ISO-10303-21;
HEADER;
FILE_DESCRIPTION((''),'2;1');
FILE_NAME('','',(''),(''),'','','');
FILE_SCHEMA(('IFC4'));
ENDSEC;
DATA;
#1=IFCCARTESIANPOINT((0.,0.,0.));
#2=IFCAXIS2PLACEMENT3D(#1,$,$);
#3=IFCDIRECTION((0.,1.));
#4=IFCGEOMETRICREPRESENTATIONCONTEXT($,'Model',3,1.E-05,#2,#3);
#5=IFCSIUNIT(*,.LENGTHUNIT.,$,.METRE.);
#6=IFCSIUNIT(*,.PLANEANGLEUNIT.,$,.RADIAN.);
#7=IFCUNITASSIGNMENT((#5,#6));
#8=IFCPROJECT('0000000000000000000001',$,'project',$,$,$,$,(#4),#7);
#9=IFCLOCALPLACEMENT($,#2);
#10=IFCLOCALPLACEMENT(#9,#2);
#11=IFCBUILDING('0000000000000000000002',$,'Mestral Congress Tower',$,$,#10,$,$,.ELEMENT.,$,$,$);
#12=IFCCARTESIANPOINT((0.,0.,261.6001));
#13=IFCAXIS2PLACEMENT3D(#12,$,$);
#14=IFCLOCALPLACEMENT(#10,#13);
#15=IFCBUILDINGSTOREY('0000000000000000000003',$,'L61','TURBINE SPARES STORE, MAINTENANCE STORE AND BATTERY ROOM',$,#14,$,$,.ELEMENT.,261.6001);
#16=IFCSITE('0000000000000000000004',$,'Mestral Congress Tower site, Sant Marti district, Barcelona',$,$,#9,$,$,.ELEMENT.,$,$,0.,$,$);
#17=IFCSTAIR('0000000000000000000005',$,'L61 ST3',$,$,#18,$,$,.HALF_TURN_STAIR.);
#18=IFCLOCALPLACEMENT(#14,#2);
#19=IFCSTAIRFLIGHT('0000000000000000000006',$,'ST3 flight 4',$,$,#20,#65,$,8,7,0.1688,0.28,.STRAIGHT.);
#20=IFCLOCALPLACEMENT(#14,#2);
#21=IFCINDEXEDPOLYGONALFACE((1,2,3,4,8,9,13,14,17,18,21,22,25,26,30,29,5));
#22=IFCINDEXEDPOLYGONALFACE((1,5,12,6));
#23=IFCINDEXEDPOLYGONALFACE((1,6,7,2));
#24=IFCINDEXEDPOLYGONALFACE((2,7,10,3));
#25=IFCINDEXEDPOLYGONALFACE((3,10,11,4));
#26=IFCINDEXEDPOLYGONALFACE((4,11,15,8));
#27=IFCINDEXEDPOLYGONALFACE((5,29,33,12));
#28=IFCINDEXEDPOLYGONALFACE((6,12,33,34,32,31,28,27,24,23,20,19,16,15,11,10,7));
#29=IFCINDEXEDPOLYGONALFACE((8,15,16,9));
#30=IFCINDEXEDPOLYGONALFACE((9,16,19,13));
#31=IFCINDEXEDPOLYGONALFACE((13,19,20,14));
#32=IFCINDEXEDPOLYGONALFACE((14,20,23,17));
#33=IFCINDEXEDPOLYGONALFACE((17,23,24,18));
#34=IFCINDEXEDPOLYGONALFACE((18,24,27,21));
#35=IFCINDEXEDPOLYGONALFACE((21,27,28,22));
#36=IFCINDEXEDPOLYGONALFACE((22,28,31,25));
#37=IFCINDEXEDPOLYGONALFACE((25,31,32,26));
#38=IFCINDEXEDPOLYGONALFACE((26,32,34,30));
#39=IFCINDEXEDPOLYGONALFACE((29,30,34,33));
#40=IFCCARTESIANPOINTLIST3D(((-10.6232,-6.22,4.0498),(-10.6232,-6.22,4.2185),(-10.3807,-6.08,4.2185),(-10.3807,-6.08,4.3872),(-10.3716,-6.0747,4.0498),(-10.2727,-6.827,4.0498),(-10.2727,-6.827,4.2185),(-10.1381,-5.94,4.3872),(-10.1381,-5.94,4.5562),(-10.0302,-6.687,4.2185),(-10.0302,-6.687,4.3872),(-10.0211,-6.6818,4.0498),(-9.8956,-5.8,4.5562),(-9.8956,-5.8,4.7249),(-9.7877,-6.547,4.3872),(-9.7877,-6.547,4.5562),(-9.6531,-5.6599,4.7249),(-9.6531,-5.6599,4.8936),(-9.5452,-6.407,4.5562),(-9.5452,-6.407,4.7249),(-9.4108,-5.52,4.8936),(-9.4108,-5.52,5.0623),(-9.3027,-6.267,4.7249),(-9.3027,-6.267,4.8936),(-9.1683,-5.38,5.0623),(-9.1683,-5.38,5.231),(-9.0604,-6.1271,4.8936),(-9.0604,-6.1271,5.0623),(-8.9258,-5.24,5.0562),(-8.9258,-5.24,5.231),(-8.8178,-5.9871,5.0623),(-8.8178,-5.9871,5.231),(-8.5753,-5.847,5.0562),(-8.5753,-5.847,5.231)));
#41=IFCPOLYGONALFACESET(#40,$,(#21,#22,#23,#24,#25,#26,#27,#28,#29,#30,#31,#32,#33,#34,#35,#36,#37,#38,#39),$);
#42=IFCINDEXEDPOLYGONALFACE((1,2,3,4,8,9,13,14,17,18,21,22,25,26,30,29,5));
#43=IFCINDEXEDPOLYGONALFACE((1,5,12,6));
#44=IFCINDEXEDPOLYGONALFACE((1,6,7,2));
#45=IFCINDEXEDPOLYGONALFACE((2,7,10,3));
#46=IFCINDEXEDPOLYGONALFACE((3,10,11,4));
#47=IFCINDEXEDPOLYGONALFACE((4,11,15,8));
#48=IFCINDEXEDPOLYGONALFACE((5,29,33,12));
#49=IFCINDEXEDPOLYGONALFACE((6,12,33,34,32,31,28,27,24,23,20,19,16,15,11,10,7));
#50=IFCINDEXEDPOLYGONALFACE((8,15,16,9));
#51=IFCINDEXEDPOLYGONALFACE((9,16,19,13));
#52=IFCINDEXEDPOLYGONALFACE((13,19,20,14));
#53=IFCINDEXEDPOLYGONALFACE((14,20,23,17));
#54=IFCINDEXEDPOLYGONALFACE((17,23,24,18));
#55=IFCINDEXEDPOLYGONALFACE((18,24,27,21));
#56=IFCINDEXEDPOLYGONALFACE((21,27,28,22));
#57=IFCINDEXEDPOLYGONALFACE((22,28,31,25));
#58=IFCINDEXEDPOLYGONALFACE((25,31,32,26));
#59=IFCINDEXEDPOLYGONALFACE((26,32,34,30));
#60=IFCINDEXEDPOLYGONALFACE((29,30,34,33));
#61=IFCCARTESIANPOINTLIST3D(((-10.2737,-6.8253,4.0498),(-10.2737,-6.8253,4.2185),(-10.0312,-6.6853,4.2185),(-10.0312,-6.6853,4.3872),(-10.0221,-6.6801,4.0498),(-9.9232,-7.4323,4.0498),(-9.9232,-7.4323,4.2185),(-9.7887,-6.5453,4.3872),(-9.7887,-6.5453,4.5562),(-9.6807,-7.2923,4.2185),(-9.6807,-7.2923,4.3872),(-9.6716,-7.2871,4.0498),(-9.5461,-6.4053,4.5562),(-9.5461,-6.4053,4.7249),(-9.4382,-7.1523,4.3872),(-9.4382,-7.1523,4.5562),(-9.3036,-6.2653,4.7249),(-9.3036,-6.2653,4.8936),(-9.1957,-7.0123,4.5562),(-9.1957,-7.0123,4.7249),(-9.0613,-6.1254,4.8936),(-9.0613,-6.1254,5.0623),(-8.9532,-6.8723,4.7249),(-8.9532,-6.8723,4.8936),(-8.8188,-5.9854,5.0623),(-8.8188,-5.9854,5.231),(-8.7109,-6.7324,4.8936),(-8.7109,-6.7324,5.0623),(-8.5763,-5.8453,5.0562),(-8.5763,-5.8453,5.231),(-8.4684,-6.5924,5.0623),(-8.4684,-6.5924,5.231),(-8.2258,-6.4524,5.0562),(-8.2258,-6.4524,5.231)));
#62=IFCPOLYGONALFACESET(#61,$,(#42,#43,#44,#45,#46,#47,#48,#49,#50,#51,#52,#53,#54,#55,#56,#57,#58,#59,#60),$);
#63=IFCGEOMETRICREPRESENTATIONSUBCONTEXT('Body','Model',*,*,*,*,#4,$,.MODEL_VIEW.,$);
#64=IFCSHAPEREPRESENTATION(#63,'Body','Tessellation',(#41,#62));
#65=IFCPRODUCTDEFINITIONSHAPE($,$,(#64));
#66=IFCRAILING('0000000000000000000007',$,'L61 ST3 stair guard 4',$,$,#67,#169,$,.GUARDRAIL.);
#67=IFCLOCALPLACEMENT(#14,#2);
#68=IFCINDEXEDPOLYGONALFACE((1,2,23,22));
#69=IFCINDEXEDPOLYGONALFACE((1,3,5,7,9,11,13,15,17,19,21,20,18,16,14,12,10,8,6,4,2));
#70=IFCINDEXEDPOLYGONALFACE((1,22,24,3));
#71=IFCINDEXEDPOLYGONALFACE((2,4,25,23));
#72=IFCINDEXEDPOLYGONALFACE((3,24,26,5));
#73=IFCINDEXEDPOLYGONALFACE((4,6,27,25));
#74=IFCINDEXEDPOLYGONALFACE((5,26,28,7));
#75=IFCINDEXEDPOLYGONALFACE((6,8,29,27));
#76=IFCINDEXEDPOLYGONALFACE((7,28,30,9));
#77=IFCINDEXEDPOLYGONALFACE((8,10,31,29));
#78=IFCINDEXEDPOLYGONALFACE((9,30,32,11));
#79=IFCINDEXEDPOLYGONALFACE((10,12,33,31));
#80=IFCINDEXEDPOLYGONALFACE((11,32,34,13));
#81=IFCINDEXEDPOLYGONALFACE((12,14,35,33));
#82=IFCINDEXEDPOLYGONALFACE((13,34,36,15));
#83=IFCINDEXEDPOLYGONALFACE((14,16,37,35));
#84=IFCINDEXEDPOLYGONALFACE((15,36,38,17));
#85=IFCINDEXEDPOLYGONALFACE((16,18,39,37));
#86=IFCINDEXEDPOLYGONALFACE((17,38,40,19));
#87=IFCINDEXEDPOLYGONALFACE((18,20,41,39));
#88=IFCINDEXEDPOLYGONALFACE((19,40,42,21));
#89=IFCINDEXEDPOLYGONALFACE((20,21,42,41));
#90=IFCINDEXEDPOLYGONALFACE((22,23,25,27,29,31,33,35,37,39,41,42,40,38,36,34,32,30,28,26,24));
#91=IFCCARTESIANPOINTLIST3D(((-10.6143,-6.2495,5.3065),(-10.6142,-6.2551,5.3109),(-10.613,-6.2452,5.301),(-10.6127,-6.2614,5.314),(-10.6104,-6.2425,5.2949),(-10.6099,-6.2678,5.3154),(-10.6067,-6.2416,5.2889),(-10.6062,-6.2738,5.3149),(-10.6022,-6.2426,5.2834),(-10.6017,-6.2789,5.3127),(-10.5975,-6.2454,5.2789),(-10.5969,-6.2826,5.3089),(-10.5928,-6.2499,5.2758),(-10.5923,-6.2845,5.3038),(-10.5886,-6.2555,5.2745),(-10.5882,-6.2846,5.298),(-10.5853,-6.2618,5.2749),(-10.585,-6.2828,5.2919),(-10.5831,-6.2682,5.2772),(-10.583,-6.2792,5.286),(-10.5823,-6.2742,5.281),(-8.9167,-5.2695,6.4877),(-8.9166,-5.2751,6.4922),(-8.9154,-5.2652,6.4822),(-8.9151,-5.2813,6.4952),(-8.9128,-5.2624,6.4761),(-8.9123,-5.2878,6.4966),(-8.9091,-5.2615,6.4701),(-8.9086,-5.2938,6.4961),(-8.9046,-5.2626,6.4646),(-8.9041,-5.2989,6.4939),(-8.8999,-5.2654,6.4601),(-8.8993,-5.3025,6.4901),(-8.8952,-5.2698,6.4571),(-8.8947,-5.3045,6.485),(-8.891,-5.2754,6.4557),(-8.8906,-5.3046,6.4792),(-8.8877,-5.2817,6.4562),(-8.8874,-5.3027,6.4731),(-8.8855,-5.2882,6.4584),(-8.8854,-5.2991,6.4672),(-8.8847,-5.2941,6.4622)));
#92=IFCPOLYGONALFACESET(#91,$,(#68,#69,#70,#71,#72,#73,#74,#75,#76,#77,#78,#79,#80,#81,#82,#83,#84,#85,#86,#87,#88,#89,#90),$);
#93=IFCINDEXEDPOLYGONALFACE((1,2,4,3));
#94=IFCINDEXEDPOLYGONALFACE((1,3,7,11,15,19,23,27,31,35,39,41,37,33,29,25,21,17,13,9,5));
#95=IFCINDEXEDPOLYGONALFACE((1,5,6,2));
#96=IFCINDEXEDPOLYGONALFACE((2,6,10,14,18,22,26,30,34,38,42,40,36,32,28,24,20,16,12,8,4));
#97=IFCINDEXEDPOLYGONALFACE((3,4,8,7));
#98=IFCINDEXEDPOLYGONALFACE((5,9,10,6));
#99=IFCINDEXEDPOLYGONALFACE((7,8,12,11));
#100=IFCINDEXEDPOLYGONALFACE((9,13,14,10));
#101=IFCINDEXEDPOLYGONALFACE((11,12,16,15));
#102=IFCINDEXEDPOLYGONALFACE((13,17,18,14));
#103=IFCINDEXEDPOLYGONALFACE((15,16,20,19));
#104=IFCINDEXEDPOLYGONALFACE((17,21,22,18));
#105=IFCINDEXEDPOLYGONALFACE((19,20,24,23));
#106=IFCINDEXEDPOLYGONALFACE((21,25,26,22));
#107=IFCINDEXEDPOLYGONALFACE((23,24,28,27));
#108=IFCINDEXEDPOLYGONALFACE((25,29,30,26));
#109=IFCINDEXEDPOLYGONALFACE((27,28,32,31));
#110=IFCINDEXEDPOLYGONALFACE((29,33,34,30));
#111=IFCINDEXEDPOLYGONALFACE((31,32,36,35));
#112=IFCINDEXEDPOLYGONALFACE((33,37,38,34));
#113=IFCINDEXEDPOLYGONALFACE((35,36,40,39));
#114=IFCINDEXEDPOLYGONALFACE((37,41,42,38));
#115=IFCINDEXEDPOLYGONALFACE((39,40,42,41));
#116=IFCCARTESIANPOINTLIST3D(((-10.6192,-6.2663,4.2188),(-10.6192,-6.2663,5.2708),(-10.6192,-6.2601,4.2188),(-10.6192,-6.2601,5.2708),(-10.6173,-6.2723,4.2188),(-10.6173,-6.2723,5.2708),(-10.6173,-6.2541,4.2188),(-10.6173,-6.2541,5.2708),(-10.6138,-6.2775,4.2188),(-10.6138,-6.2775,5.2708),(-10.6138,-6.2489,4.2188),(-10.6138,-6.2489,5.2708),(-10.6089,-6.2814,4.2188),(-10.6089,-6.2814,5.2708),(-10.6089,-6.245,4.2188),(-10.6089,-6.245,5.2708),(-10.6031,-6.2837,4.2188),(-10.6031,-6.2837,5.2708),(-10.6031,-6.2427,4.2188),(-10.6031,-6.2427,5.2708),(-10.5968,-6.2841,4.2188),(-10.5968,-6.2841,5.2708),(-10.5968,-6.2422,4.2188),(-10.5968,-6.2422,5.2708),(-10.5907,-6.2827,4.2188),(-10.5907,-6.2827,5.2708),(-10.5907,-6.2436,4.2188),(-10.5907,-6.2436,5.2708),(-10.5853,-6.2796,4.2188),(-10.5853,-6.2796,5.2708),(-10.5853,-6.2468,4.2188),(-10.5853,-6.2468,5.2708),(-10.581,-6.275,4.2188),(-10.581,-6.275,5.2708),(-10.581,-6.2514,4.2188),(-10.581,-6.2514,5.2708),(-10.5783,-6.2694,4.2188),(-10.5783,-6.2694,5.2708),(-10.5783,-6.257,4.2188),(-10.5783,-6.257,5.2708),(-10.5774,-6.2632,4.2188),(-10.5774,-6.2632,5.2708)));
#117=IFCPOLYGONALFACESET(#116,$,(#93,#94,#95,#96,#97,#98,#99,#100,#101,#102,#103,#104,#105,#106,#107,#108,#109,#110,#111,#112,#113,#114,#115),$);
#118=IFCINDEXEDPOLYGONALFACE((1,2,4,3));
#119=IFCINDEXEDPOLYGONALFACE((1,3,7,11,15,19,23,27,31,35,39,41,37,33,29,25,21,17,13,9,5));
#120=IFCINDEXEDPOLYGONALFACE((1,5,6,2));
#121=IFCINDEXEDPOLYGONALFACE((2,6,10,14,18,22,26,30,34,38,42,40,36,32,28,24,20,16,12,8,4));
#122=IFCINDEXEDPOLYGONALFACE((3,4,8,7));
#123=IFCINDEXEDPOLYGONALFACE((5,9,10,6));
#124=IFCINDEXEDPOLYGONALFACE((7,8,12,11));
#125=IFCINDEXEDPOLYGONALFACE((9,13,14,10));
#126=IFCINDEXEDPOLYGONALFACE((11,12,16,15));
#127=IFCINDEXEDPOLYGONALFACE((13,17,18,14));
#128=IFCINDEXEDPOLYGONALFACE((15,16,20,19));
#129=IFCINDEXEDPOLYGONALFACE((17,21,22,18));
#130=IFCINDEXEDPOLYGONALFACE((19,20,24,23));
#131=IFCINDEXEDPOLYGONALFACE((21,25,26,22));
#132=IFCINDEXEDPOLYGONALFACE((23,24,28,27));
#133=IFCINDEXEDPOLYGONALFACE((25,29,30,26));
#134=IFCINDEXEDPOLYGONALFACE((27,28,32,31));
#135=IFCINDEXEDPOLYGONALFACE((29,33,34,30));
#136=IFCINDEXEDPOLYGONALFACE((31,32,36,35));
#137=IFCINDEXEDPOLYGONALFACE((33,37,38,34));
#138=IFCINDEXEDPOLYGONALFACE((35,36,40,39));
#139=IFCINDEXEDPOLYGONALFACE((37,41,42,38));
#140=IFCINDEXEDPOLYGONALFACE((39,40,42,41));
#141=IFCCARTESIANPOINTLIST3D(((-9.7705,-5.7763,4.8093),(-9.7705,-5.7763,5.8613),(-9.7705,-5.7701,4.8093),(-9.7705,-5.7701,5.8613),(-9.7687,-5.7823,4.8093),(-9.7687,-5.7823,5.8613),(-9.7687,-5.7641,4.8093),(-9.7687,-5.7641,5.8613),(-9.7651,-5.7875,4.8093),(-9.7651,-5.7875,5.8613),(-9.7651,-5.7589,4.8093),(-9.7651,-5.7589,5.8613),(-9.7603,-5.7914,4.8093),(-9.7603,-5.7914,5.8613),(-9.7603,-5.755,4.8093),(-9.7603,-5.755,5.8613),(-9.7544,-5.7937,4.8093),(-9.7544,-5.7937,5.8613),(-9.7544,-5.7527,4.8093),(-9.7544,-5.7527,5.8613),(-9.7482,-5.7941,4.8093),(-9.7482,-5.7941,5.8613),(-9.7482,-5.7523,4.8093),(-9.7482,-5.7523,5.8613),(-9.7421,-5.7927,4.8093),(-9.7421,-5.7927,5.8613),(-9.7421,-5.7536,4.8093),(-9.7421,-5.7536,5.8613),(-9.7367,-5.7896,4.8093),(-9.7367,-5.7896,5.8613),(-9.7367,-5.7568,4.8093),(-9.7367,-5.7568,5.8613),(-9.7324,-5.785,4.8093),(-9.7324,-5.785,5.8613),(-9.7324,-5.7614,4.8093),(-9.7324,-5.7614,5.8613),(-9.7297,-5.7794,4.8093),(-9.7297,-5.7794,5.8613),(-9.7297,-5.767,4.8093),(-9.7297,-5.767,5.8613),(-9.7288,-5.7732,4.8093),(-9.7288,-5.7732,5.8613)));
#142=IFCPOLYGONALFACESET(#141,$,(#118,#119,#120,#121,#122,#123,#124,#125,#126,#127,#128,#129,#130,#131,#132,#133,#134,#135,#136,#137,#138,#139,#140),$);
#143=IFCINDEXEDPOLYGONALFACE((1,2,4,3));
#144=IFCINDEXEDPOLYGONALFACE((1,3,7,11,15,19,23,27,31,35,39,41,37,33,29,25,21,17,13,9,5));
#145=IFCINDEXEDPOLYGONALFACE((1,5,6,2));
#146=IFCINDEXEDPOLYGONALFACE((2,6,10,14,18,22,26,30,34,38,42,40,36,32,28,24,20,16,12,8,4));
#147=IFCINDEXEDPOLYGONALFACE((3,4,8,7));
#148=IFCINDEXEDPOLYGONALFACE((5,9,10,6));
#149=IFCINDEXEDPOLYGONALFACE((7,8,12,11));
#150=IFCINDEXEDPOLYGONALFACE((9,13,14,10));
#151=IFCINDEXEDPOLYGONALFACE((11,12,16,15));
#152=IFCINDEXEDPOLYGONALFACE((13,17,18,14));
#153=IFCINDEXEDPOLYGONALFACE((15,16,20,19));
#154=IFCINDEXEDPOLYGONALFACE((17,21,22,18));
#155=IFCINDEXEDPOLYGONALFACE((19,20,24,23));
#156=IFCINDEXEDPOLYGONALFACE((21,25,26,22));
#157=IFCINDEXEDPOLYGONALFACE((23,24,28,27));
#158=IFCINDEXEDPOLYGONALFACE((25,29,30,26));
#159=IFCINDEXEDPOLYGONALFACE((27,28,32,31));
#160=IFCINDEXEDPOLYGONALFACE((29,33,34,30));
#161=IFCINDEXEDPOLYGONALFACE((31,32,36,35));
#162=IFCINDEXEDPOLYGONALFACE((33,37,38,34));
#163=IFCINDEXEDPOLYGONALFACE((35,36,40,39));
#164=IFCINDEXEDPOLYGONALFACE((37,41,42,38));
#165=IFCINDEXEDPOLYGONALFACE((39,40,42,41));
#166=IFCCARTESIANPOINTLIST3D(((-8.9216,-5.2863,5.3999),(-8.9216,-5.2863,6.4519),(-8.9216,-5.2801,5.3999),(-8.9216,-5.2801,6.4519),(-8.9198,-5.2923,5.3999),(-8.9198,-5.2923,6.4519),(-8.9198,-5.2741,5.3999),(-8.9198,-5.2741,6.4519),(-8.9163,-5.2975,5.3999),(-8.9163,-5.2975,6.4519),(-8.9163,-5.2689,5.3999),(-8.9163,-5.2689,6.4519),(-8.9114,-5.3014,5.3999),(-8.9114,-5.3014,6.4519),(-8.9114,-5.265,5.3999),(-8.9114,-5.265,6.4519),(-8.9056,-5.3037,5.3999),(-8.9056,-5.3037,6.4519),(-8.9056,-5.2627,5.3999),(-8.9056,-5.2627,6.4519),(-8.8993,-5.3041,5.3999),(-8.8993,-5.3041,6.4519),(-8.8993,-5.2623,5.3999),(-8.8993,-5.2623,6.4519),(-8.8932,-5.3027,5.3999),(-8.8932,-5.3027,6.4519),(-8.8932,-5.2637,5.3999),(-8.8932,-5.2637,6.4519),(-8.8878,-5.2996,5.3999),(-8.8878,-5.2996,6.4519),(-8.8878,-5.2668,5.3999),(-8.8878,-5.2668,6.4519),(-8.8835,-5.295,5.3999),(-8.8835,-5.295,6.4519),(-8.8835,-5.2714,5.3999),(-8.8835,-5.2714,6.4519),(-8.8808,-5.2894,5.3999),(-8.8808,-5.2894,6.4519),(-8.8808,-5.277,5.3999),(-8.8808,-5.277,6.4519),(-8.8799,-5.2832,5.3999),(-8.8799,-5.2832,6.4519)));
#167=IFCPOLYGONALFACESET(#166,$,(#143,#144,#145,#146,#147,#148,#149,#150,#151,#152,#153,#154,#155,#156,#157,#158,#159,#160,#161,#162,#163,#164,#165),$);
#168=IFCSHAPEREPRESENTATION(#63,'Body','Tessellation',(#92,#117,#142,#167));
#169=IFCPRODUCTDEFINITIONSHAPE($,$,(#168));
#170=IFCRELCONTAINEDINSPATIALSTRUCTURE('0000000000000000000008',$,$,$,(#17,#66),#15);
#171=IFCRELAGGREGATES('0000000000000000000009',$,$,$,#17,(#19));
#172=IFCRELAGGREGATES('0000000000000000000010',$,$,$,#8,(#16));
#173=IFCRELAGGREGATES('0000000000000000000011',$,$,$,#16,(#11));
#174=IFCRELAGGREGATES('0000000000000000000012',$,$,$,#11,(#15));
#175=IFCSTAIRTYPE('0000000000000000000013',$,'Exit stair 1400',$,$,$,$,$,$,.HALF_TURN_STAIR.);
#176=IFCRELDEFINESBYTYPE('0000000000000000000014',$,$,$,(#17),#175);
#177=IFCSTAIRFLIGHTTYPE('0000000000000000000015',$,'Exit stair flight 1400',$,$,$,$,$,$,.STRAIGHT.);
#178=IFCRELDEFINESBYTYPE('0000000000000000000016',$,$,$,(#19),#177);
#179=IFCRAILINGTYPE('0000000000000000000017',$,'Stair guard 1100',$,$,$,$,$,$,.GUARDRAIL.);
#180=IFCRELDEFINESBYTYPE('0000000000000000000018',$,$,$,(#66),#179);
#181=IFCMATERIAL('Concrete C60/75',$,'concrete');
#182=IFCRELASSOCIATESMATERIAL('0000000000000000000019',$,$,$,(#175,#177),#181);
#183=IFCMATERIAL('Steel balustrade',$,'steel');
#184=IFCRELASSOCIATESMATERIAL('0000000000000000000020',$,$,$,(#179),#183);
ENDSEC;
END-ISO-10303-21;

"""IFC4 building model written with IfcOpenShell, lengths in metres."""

from ifc_helpers import new_model, si_unit, direction, frame, origin, origin_2d, place, context, subcontext, project, spatial, polyline, circle, outline, extrude, material, type_object, element, aggregate, save


model = new_model("IFC4")

# Units and contexts
model_context = context("Model", 3, precision=1e-05, world=origin(), true_north=direction((0.0, 1.0)))
body_context = subcontext(model_context, "Body", "Model", "MODEL_VIEW")
ifc_project = project(units=[si_unit("LENGTHUNIT", "METRE"), si_unit("PLANEANGLEUNIT", "RADIAN")], contexts=[model_context])

# Site, building, storey
site_placement = place(None, origin())
site = spatial("IfcSite", under=ifc_project, at=site_placement, Name="Mestral Congress Tower site, Sant Marti district, Barcelona", CompositionType="ELEMENT", RefElevation=0.0)
building_placement = place(site_placement, origin())
building = spatial("IfcBuilding", under=site, at=building_placement, Name="Mestral Congress Tower", CompositionType="ELEMENT")
storey_placement = place(building_placement, frame((0.0, 0.0, 261.6001)))
storey = spatial("IfcBuildingStorey", under=building, at=storey_placement, Name="L61", Description="TURBINE SPARES STORE, MAINTENANCE STORE AND BATTERY ROOM", CompositionType="ELEMENT", Elevation=261.6001)

# Shared definitions
placement = place(storey_placement, origin())

# Shared definitions
ifc_material_1 = material(Name="Concrete C60/75", Category="concrete")

# Stair, stair flight
stair_type = type_object("IfcStairType", Name="Exit stair 1400", PredefinedType="HALF_TURN_STAIR", material=ifc_material_1)
stair = element("IfcStair", 1, at=placement, inside=storey, type_object=stair_type, Name="L61 ST3", PredefinedType="HALF_TURN_STAIR")
stair_flight_type = type_object("IfcStairFlightType", Name="Exit stair flight 1400", PredefinedType="STRAIGHT", material=ifc_material_1)
stair_flight_1_placement = place(storey_placement, frame((-10.2732, -6.8262, 4.0498), z_axis=(0.0, 0.0, 1.0), x_axis=(0.866025, 0.5, 0.0)))
stair_flight_1 = element("IfcStairFlight", 2, at=stair_flight_1_placement, type_object=stair_flight_type, Name="ST3 flight 4", NumberOfRisers=8, NumberOfTreads=7, PredefinedType="STRAIGHT", RiserHeight=0.1688, TreadLength=0.28, context=body_context, shape_type="SweptSolid", body=[
    extrude(outline(polyline([(0.0, 0.0), (0.0, 0.1687), (0.28, 0.1687), (0.28, 0.3374), (0.5601, 0.3374), (0.5601, 0.5063), (0.8401, 0.5063), (0.8401, 0.675), (1.1201, 0.675), (1.1201, 0.8438), (1.3999, 0.8438), (1.3999, 1.0125), (1.6799, 1.0125), (1.6799, 1.1812), (1.96, 1.1812), (1.96, 1.3501), (1.96, 1.0063), (0.2905, 0.0), (0.0, 0.0)])), frame((0.0, 0.7, 0.0), z_axis=(0.0, -1.0, 0.0), x_axis=(1.0, 0.0, 0.0)), (0.0, 0.0, 1.0), 0.7009),
    extrude(outline(polyline([(0.0, 0.0), (0.0, 0.1687), (0.28, 0.1687), (0.28, 0.3374), (0.5601, 0.3374), (0.5601, 0.5063), (0.8401, 0.5063), (0.8401, 0.675), (1.1201, 0.675), (1.1201, 0.8438), (1.3999, 0.8438), (1.3999, 1.0125), (1.6799, 1.0125), (1.6799, 1.1812), (1.96, 1.1812), (1.96, 1.3501), (1.96, 1.0063), (0.2905, 0.0), (0.0, 0.0)])), frame((0.0, 0.001, 0.0), z_axis=(0.0, -1.0, 0.0), x_axis=(1.0, 0.0, 0.0)), (0.0, 0.0, 1.0), 0.7009),
])
aggregate(stair, [stair_flight_1])

# Railing
ifc_material_2 = material(Name="Steel balustrade", Category="steel")
railing_type = type_object("IfcRailingType", Name="Stair guard 1100", PredefinedType="GUARDRAIL", material=ifc_material_2)
railing_1_placement = place(storey_placement, frame((-10.5984, -6.2632, 4.2188)))
element("IfcRailing", 3, at=railing_1_placement, inside=storey, type_object=railing_type, Name="L61 ST3 stair guard 4", PredefinedType="GUARDRAIL", context=body_context, shape_type="SweptSolid", body=[
    extrude(circle(Radius=0.0239, at=origin_2d()), frame((0.0, 0.0, 1.0762), z_axis=(0.741771, 0.428228, 0.516135), x_axis=(-0.49997, 0.866042, 0.0)), (0.0, 0.0, 1.0), 2.2886),
    extrude(circle(Radius=0.021, at=origin_2d()), origin(), (0.0, 0.0, 1.0), 1.052),
    extrude(circle(Radius=0.021, at=origin_2d()), frame((0.8486, 0.49, 0.5906)), (0.0, 0.0, 1.0), 1.052),
    extrude(circle(Radius=0.021, at=origin_2d()), frame((1.6975, 0.98, 1.1812)), (0.0, 0.0, 1.0), 1.052),
])

save(model, "model.ifc")
